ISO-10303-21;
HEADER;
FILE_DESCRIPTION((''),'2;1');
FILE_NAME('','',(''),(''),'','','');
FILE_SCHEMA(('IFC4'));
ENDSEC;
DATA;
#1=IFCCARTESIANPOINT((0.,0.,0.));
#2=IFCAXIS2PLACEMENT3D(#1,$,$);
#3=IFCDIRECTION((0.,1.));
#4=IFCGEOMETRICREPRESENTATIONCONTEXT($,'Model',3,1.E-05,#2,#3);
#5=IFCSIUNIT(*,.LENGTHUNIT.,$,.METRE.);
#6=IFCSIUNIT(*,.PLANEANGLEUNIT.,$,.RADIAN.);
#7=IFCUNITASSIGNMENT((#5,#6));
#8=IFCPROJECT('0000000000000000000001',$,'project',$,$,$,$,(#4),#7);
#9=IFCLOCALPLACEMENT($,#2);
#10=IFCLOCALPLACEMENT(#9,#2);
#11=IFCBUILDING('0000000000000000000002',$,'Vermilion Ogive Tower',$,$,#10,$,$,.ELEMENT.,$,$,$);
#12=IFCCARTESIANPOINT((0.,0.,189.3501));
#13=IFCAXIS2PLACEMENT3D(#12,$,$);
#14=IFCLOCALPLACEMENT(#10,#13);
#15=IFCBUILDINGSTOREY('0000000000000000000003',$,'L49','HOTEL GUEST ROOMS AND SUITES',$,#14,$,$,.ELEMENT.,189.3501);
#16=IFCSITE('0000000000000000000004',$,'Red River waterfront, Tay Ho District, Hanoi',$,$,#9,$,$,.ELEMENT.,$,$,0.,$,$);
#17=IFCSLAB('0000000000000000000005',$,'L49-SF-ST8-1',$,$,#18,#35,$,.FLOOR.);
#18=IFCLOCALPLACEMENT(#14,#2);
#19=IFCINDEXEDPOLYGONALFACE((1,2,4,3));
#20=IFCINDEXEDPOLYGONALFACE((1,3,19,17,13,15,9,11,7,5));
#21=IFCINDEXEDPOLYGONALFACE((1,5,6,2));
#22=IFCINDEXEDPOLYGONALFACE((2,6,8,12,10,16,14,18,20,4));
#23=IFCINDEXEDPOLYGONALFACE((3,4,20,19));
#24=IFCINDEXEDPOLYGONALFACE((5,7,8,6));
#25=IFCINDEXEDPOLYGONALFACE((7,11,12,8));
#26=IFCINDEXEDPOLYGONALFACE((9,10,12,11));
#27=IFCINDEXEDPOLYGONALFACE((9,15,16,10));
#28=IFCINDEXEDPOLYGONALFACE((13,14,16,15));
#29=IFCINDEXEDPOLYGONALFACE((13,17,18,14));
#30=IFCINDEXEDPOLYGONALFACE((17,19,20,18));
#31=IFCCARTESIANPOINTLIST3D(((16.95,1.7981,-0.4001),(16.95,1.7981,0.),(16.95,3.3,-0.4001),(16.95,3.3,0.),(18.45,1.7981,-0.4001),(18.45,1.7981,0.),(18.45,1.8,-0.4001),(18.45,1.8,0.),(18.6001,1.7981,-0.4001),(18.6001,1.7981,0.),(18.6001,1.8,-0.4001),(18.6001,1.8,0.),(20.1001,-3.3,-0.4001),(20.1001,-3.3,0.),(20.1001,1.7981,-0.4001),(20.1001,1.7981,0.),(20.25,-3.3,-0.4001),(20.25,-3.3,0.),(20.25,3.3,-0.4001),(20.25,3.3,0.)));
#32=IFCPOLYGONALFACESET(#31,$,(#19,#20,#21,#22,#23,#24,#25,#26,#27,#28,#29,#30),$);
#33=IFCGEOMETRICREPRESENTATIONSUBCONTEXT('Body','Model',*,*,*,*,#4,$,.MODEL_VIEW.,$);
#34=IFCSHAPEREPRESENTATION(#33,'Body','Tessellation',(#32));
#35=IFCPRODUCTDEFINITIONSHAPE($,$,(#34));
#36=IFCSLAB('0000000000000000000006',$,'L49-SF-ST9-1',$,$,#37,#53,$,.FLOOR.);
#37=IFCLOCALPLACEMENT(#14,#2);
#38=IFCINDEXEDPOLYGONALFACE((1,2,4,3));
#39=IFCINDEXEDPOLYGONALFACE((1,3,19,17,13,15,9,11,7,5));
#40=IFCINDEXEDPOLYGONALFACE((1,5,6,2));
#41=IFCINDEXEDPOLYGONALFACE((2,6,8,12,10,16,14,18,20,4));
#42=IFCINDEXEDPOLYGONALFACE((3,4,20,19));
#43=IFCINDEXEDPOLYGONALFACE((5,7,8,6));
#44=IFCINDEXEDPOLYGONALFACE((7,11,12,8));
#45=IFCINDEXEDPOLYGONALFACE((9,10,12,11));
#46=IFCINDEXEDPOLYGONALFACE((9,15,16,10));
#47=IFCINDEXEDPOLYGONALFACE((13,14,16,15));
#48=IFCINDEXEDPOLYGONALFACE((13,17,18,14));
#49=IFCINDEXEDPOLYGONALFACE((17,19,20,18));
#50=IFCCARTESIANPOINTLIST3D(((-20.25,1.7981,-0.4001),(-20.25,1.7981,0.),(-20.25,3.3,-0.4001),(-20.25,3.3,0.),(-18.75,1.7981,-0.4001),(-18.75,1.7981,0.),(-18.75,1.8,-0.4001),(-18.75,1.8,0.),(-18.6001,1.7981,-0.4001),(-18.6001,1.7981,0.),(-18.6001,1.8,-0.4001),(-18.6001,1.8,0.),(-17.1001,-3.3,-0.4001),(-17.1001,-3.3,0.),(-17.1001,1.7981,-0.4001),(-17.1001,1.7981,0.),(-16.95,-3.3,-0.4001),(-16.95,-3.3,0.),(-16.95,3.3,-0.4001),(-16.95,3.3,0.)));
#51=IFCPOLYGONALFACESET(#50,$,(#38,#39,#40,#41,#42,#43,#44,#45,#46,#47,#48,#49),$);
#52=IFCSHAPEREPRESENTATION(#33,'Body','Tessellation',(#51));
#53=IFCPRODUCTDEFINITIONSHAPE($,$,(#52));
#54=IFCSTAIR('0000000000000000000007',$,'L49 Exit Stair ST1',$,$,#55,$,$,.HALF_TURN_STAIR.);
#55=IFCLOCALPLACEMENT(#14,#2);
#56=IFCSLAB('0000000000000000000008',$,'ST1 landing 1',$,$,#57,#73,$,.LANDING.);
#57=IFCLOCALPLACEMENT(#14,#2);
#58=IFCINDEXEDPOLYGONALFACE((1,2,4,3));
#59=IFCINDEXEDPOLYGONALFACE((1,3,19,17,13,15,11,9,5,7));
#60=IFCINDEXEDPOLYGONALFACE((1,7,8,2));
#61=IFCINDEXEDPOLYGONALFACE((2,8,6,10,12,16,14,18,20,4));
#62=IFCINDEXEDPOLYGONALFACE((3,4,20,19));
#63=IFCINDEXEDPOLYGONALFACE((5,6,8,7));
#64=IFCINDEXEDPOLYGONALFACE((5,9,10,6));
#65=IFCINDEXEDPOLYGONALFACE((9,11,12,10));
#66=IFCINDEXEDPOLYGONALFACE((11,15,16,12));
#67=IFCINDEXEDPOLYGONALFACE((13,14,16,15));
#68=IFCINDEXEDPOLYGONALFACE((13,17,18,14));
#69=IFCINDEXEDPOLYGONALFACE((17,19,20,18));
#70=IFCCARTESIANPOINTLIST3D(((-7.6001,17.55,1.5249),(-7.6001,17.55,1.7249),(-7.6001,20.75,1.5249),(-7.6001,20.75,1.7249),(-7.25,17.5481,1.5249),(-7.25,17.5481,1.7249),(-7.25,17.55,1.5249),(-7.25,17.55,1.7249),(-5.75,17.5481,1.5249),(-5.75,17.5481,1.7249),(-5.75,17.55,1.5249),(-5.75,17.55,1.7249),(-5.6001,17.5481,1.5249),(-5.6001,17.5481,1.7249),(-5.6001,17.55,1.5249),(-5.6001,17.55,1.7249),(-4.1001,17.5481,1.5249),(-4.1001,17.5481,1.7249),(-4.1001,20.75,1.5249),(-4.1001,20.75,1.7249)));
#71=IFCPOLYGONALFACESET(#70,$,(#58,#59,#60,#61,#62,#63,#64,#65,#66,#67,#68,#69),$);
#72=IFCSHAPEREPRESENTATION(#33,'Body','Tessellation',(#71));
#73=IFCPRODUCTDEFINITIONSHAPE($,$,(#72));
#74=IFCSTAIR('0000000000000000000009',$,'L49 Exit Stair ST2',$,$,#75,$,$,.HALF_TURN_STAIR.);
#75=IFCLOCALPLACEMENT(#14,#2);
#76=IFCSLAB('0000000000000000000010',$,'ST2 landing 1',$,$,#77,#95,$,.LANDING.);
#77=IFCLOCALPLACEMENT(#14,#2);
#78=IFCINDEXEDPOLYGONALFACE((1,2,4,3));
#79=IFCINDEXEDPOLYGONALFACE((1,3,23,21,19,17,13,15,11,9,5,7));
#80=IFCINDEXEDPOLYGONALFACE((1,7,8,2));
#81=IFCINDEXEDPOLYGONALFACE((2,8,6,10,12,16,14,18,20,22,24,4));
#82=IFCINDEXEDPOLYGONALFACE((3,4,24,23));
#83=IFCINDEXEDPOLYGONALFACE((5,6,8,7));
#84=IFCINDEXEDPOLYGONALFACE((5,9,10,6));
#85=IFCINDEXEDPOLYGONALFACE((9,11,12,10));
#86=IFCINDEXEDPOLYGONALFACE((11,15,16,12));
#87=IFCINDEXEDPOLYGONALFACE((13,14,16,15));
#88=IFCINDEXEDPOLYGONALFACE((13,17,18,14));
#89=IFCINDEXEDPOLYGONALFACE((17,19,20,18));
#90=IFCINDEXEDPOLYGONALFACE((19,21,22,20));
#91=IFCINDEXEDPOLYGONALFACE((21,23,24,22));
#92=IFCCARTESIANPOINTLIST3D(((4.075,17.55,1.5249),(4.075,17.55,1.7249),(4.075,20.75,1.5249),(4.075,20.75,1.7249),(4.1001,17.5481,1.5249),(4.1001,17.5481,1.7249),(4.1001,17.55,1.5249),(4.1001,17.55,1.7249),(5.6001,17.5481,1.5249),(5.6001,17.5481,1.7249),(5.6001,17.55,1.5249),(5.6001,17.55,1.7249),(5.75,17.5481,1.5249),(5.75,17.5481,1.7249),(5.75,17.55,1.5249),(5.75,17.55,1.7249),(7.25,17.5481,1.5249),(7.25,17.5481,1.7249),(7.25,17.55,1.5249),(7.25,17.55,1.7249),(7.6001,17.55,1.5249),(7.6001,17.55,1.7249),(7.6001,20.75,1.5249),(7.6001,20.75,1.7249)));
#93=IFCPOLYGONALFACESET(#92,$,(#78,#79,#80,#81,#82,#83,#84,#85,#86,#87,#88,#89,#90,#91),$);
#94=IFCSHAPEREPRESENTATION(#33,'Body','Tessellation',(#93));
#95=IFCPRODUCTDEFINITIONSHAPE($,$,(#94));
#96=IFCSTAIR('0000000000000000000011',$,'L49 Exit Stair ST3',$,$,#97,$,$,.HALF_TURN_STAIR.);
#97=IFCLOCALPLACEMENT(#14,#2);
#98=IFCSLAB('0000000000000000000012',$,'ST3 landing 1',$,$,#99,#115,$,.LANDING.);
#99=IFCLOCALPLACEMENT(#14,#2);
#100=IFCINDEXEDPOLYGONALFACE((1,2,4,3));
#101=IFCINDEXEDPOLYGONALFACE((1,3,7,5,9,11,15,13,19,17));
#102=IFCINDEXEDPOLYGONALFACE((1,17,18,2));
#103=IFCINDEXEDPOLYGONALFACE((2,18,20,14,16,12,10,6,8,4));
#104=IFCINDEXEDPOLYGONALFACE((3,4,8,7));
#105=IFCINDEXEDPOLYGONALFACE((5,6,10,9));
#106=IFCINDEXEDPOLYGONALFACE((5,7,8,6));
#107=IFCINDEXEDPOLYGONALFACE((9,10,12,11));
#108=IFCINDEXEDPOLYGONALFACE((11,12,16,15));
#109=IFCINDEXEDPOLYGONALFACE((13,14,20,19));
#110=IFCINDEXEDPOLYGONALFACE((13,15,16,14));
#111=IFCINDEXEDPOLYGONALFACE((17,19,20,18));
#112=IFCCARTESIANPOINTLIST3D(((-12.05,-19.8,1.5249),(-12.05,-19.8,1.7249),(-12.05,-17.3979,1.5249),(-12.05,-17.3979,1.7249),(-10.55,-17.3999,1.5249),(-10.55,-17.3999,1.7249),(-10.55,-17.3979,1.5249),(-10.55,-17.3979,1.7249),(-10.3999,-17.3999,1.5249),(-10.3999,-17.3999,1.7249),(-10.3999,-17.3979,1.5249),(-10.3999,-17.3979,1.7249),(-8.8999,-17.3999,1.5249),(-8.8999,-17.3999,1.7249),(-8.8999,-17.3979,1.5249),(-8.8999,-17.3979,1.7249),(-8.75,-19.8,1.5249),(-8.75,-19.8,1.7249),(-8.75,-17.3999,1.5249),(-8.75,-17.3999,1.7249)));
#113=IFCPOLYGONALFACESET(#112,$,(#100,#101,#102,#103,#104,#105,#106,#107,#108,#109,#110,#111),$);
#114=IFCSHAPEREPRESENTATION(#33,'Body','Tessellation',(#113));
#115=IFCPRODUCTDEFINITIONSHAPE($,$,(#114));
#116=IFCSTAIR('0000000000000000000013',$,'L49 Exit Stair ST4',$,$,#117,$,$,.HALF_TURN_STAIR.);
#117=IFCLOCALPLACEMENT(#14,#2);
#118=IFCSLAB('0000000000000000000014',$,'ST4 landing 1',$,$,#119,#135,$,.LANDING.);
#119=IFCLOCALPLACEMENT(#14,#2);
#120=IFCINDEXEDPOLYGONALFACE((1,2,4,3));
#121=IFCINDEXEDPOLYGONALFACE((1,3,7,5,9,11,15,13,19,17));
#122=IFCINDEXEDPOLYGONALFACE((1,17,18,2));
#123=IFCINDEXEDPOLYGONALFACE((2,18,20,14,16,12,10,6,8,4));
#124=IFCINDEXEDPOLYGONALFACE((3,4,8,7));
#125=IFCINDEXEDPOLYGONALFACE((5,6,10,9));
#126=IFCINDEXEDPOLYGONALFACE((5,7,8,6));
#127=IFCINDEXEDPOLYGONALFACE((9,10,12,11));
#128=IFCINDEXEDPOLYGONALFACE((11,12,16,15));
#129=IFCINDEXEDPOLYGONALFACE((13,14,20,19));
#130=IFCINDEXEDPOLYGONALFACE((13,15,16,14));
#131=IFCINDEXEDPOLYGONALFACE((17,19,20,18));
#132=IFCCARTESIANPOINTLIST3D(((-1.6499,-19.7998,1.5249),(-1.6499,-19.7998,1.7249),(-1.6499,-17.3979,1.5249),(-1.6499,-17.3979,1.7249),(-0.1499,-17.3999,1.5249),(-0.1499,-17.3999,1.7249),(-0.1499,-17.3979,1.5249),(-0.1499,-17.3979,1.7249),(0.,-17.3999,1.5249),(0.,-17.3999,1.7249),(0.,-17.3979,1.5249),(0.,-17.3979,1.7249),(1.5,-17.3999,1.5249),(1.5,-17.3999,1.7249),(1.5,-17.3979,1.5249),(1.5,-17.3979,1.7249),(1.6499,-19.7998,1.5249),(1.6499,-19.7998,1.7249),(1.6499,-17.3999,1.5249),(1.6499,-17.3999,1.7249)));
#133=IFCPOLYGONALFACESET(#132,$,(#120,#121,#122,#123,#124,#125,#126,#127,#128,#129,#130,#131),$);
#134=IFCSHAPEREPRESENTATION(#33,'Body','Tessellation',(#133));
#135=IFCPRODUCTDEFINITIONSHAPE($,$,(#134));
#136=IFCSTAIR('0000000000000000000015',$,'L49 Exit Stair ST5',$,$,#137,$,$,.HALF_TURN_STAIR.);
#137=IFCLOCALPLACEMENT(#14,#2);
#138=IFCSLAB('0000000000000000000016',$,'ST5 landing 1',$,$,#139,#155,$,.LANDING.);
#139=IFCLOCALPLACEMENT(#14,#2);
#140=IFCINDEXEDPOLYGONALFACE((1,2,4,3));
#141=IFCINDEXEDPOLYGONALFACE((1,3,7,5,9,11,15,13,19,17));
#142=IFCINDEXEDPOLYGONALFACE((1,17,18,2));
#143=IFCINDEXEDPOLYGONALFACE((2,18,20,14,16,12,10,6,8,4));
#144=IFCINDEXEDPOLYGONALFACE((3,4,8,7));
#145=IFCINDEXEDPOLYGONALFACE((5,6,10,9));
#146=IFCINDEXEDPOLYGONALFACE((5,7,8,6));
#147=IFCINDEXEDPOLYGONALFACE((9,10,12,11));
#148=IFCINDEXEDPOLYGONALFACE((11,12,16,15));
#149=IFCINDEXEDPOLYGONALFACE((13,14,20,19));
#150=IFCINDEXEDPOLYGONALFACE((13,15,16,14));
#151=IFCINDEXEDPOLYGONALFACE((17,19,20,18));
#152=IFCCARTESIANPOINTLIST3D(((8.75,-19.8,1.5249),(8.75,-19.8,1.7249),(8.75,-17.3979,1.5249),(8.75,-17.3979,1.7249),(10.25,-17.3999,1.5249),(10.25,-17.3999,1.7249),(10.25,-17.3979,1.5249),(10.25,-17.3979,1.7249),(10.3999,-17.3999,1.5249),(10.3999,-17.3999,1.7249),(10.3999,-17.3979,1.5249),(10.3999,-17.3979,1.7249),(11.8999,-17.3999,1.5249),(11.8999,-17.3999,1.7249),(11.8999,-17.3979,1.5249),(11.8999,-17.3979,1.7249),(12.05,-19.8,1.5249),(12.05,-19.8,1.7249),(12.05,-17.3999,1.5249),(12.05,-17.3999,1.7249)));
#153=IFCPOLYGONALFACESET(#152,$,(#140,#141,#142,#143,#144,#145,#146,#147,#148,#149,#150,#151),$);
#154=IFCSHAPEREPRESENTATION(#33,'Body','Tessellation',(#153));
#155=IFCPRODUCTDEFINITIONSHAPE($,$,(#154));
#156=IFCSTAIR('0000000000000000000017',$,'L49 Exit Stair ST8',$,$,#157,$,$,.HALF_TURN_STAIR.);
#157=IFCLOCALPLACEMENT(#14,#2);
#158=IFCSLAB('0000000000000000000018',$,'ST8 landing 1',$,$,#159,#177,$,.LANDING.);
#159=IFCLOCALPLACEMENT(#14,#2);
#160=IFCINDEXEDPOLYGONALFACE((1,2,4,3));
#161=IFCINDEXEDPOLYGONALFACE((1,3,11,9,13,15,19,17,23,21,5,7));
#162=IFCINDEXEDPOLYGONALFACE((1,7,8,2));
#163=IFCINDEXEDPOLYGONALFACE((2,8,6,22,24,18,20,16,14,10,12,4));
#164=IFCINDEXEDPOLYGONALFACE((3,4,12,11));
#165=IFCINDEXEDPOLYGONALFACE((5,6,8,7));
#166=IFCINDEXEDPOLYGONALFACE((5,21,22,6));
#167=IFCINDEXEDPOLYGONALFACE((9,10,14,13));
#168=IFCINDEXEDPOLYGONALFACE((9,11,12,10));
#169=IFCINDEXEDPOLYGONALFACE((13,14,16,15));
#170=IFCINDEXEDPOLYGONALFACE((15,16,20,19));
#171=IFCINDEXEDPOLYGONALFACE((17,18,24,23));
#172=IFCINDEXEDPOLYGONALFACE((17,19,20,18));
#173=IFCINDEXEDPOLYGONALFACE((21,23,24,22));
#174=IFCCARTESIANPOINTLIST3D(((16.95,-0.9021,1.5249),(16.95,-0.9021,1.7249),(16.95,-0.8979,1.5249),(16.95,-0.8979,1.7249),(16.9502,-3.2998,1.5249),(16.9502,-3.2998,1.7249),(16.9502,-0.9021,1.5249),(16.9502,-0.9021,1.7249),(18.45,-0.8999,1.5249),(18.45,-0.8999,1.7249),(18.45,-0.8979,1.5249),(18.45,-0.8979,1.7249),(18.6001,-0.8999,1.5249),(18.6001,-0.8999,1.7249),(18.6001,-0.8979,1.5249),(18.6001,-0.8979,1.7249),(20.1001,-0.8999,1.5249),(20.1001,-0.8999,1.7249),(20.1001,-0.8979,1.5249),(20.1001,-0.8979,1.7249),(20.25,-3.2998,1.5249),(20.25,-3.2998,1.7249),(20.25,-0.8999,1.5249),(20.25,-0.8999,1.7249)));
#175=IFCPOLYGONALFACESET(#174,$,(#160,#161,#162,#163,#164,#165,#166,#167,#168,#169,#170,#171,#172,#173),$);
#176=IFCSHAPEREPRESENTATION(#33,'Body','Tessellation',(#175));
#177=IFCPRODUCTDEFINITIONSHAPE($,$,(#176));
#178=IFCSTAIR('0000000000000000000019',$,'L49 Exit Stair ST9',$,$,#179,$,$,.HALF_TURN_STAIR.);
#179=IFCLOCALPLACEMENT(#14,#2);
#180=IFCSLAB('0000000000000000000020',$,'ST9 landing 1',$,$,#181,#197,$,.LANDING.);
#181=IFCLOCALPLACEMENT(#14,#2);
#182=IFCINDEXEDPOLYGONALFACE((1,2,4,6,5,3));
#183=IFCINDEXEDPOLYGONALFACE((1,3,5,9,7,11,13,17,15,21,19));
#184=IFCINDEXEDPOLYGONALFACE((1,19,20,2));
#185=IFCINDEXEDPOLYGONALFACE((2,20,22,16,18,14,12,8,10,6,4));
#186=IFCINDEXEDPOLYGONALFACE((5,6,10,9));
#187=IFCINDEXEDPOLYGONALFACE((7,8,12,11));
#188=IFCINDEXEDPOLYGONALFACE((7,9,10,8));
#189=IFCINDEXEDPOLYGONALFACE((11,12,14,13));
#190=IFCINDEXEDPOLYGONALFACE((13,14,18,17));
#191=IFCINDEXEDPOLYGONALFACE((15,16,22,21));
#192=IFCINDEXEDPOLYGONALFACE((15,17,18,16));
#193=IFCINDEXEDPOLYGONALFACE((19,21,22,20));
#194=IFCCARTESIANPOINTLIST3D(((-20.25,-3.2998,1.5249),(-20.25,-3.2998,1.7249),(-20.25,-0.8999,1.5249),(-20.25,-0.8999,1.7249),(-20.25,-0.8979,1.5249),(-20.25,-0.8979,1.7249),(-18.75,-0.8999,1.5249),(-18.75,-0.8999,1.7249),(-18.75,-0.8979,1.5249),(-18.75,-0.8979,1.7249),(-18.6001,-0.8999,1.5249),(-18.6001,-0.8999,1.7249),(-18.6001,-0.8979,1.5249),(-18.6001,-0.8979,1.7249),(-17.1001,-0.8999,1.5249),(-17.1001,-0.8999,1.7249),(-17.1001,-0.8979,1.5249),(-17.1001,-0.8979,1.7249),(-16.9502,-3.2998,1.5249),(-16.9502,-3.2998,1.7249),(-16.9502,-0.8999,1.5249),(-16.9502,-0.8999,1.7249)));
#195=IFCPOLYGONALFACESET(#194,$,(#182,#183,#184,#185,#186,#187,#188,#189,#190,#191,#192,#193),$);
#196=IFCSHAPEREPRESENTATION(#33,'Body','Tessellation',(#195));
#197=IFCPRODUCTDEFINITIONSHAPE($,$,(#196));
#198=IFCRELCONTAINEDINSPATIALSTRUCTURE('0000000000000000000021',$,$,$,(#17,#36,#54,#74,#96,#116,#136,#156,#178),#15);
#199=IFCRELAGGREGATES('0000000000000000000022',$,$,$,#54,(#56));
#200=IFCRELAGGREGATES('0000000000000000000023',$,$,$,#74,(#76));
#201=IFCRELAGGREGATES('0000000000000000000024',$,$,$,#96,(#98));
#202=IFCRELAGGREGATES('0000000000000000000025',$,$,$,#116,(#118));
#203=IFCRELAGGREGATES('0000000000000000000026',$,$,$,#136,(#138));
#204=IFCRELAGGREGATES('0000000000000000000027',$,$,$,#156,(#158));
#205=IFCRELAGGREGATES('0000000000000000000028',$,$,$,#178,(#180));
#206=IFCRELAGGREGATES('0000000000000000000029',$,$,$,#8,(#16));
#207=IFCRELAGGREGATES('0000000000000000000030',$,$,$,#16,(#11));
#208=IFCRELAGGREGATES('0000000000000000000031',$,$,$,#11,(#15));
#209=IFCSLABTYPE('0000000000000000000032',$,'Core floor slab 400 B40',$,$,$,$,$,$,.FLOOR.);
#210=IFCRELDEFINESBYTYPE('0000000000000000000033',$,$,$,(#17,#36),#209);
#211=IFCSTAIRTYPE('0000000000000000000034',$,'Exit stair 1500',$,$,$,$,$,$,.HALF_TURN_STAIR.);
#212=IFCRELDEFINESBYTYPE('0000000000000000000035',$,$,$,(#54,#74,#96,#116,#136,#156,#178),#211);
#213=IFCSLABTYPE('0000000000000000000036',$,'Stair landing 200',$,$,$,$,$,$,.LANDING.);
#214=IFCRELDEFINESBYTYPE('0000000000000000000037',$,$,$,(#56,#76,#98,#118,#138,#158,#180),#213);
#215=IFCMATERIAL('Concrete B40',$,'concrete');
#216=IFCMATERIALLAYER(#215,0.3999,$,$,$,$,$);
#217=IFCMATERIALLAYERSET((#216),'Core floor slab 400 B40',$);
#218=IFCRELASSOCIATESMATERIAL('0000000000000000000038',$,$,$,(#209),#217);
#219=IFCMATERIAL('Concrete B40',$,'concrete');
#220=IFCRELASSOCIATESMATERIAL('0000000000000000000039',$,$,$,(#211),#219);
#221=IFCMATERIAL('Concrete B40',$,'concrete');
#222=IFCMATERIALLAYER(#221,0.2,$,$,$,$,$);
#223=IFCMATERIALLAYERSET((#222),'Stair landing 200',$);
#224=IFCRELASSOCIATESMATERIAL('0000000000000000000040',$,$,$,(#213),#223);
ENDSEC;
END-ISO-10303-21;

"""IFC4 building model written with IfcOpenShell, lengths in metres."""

from ifc_helpers import new_model, si_unit, direction, frame, origin, place, context, subcontext, project, spatial, polyline, outline, extrude, material, layer, layer_set, type_object, element, aggregate, save


model = new_model("IFC4")

# Units and contexts
model_context = context("Model", 3, precision=1e-05, world=origin(), true_north=direction((0.0, 1.0)))
body_context = subcontext(model_context, "Body", "Model", "MODEL_VIEW")
ifc_project = project(units=[si_unit("LENGTHUNIT", "METRE"), si_unit("PLANEANGLEUNIT", "RADIAN")], contexts=[model_context])

# Site, building, storey
site_placement = place(None, origin())
site = spatial("IfcSite", under=ifc_project, at=site_placement, Name="Red River waterfront, Tay Ho District, Hanoi", CompositionType="ELEMENT", RefElevation=0.0)
building_placement = place(site_placement, origin())
building = spatial("IfcBuilding", under=site, at=building_placement, Name="Vermilion Ogive Tower", CompositionType="ELEMENT")
storey_placement = place(building_placement, frame((0.0, 0.0, 189.3501)))
storey = spatial("IfcBuildingStorey", under=building, at=storey_placement, Name="L49", Description="HOTEL GUEST ROOMS AND SUITES", CompositionType="ELEMENT", Elevation=189.3501)

# Slabs
ifc_material_1 = material(Name="Concrete B40", Category="concrete")
ifc_layer_1 = layer(ifc_material_1, 0.3999)
ifc_layer_set_1 = layer_set([ifc_layer_1], Name="Core floor slab 400 B40")
slab_type_1 = type_object("IfcSlabType", Name="Core floor slab 400 B40", PredefinedType="FLOOR", material=ifc_layer_set_1)
slab_1_placement = place(storey_placement, frame((0.0, 0.0, -0.4001)))
element("IfcSlab", 1, at=slab_1_placement, inside=storey, type_object=slab_type_1, Name="L49-SF-ST8-1", PredefinedType="FLOOR", context=body_context, shape_type="SweptSolid", body=[
    extrude(outline(polyline([(16.95, 3.3), (16.95, 1.7981), (18.45, 1.7981), (18.45, 1.8), (18.6001, 1.8), (18.6001, 1.7981), (20.1001, 1.7981), (20.1001, -3.3), (20.25, -3.3), (20.25, 3.3), (16.95, 3.3)])), origin(), (0.0, 0.0, 1.0), 0.4001),
])
slab_2_placement = place(storey_placement, frame((0.0, 0.0, -0.4001)))
element("IfcSlab", 2, at=slab_2_placement, inside=storey, type_object=slab_type_1, Name="L49-SF-ST9-1", PredefinedType="FLOOR", context=body_context, shape_type="SweptSolid", body=[
    extrude(outline(polyline([(-20.25, 3.3), (-20.25, 1.7981), (-18.75, 1.7981), (-18.75, 1.8), (-18.6001, 1.8), (-18.6001, 1.7981), (-17.1001, 1.7981), (-17.1001, -3.3), (-16.95, -3.3), (-16.95, 3.3), (-20.25, 3.3)])), origin(), (0.0, 0.0, 1.0), 0.4001),
])

# Stairs, slabs
ifc_material_2 = material(Name="Concrete B40", Category="concrete")
stair_type = type_object("IfcStairType", Name="Exit stair 1500", PredefinedType="HALF_TURN_STAIR", material=ifc_material_2)
stair_1_placement = place(storey_placement, origin())
stair_1 = element("IfcStair", 3, at=stair_1_placement, inside=storey, type_object=stair_type, Name="L49 Exit Stair ST1", PredefinedType="HALF_TURN_STAIR")
ifc_material_3 = material(Name="Concrete B40", Category="concrete")
ifc_layer_2 = layer(ifc_material_3, 0.2)
ifc_layer_set_2 = layer_set([ifc_layer_2], Name="Stair landing 200")
slab_type_2 = type_object("IfcSlabType", Name="Stair landing 200", PredefinedType="LANDING", material=ifc_layer_set_2)
slab_3_placement = place(storey_placement, frame((0.0, 0.0, 1.5249)))
slab_3 = element("IfcSlab", 4, at=slab_3_placement, type_object=slab_type_2, Name="ST1 landing 1", PredefinedType="LANDING", context=body_context, shape_type="SweptSolid", body=[
    extrude(outline(polyline([(-7.6001, 17.55), (-7.25, 17.55), (-7.25, 17.5481), (-5.75, 17.5481), (-5.75, 17.55), (-5.6001, 17.55), (-5.6001, 17.5481), (-4.1001, 17.5481), (-4.1001, 20.75), (-7.6001, 20.75), (-7.6001, 17.55)])), origin(), (0.0, 0.0, 1.0), 0.2),
])
aggregate(stair_1, [slab_3])
stair_2_placement = place(storey_placement, origin())
stair_2 = element("IfcStair", 5, at=stair_2_placement, inside=storey, type_object=stair_type, Name="L49 Exit Stair ST2", PredefinedType="HALF_TURN_STAIR")
slab_4_placement = place(storey_placement, frame((0.0, 0.0, 1.5249)))
slab_4 = element("IfcSlab", 6, at=slab_4_placement, type_object=slab_type_2, Name="ST2 landing 1", PredefinedType="LANDING", context=body_context, shape_type="SweptSolid", body=[
    extrude(outline(polyline([(5.6001, 17.55), (5.75, 17.55), (5.75, 17.5481), (7.25, 17.5481), (7.25, 17.55), (7.6001, 17.55), (7.6001, 20.75), (4.075, 20.75), (4.075, 17.55), (4.1001, 17.55), (4.1001, 17.5481), (5.6001, 17.5481), (5.6001, 17.55)])), origin(), (0.0, 0.0, 1.0), 0.2),
])
aggregate(stair_2, [slab_4])
stair_3_placement = place(storey_placement, origin())
stair_3 = element("IfcStair", 7, at=stair_3_placement, inside=storey, type_object=stair_type, Name="L49 Exit Stair ST3", PredefinedType="HALF_TURN_STAIR")
slab_5_placement = place(storey_placement, frame((0.0, 0.0, 1.5249)))
slab_5 = element("IfcSlab", 8, at=slab_5_placement, type_object=slab_type_2, Name="ST3 landing 1", PredefinedType="LANDING", context=body_context, shape_type="SweptSolid", body=[
    extrude(outline(polyline([(-8.75, -17.3999), (-8.8999, -17.3999), (-8.8999, -17.3979), (-10.3999, -17.3979), (-10.3999, -17.3999), (-10.55, -17.3999), (-10.55, -17.3979), (-12.05, -17.3979), (-12.05, -19.8), (-8.75, -19.8), (-8.75, -17.3999)])), origin(), (0.0, 0.0, 1.0), 0.2),
])
aggregate(stair_3, [slab_5])
stair_4_placement = place(storey_placement, origin())
stair_4 = element("IfcStair", 9, at=stair_4_placement, inside=storey, type_object=stair_type, Name="L49 Exit Stair ST4", PredefinedType="HALF_TURN_STAIR")
slab_6_placement = place(storey_placement, frame((0.0, 0.0, 1.5249)))
slab_6 = element("IfcSlab", 10, at=slab_6_placement, type_object=slab_type_2, Name="ST4 landing 1", PredefinedType="LANDING", context=body_context, shape_type="SweptSolid", body=[
    extrude(outline(polyline([(1.6499, -17.3999), (1.5, -17.3999), (1.5, -17.3979), (0.0, -17.3979), (0.0, -17.3999), (-0.1499, -17.3999), (-0.1499, -17.3979), (-1.6499, -17.3979), (-1.6499, -19.7998), (1.6499, -19.7998), (1.6499, -17.3999)])), origin(), (0.0, 0.0, 1.0), 0.2),
])
aggregate(stair_4, [slab_6])
stair_5_placement = place(storey_placement, origin())
stair_5 = element("IfcStair", 11, at=stair_5_placement, inside=storey, type_object=stair_type, Name="L49 Exit Stair ST5", PredefinedType="HALF_TURN_STAIR")
slab_7_placement = place(storey_placement, frame((0.0, 0.0, 1.5249)))
slab_7 = element("IfcSlab", 12, at=slab_7_placement, type_object=slab_type_2, Name="ST5 landing 1", PredefinedType="LANDING", context=body_context, shape_type="SweptSolid", body=[
    extrude(outline(polyline([(12.05, -17.3999), (11.8999, -17.3999), (11.8999, -17.3979), (10.3999, -17.3979), (10.3999, -17.3999), (10.25, -17.3999), (10.25, -17.3979), (8.75, -17.3979), (8.75, -19.8), (12.05, -19.8), (12.05, -17.3999)])), origin(), (0.0, 0.0, 1.0), 0.2),
])
aggregate(stair_5, [slab_7])
stair_6_placement = place(storey_placement, origin())
stair_6 = element("IfcStair", 13, at=stair_6_placement, inside=storey, type_object=stair_type, Name="L49 Exit Stair ST8", PredefinedType="HALF_TURN_STAIR")
slab_8_placement = place(storey_placement, frame((0.0, 0.0, 1.5249)))
slab_8 = element("IfcSlab", 14, at=slab_8_placement, type_object=slab_type_2, Name="ST8 landing 1", PredefinedType="LANDING", context=body_context, shape_type="SweptSolid", body=[
    extrude(outline(polyline([(20.25, -0.8999), (20.1001, -0.8999), (20.1001, -0.8979), (18.6001, -0.8979), (18.6001, -0.8999), (18.45, -0.8999), (18.45, -0.8979), (16.95, -0.8979), (16.95, -0.9021), (16.9502, -0.9021), (16.9502, -3.2998), (20.25, -3.2998), (20.25, -0.8999)])), origin(), (0.0, 0.0, 1.0), 0.2),
])
aggregate(stair_6, [slab_8])
stair_7_placement = place(storey_placement, origin())
stair_7 = element("IfcStair", 15, at=stair_7_placement, inside=storey, type_object=stair_type, Name="L49 Exit Stair ST9", PredefinedType="HALF_TURN_STAIR")
slab_9_placement = place(storey_placement, frame((0.0, 0.0, 1.5249)))
slab_9 = element("IfcSlab", 16, at=slab_9_placement, type_object=slab_type_2, Name="ST9 landing 1", PredefinedType="LANDING", context=body_context, shape_type="SweptSolid", body=[
    extrude(outline(polyline([(-16.9502, -0.8999), (-17.1001, -0.8999), (-17.1001, -0.8979), (-18.6001, -0.8979), (-18.6001, -0.8999), (-18.75, -0.8999), (-18.75, -0.8979), (-20.25, -0.8979), (-20.25, -0.8999), (-20.25, -0.8999), (-20.25, -3.2998), (-16.9502, -3.2998), (-16.9502, -0.8999)])), origin(), (0.0, 0.0, 1.0), 0.2),
])
aggregate(stair_7, [slab_9])

save(model, "model.ifc")
